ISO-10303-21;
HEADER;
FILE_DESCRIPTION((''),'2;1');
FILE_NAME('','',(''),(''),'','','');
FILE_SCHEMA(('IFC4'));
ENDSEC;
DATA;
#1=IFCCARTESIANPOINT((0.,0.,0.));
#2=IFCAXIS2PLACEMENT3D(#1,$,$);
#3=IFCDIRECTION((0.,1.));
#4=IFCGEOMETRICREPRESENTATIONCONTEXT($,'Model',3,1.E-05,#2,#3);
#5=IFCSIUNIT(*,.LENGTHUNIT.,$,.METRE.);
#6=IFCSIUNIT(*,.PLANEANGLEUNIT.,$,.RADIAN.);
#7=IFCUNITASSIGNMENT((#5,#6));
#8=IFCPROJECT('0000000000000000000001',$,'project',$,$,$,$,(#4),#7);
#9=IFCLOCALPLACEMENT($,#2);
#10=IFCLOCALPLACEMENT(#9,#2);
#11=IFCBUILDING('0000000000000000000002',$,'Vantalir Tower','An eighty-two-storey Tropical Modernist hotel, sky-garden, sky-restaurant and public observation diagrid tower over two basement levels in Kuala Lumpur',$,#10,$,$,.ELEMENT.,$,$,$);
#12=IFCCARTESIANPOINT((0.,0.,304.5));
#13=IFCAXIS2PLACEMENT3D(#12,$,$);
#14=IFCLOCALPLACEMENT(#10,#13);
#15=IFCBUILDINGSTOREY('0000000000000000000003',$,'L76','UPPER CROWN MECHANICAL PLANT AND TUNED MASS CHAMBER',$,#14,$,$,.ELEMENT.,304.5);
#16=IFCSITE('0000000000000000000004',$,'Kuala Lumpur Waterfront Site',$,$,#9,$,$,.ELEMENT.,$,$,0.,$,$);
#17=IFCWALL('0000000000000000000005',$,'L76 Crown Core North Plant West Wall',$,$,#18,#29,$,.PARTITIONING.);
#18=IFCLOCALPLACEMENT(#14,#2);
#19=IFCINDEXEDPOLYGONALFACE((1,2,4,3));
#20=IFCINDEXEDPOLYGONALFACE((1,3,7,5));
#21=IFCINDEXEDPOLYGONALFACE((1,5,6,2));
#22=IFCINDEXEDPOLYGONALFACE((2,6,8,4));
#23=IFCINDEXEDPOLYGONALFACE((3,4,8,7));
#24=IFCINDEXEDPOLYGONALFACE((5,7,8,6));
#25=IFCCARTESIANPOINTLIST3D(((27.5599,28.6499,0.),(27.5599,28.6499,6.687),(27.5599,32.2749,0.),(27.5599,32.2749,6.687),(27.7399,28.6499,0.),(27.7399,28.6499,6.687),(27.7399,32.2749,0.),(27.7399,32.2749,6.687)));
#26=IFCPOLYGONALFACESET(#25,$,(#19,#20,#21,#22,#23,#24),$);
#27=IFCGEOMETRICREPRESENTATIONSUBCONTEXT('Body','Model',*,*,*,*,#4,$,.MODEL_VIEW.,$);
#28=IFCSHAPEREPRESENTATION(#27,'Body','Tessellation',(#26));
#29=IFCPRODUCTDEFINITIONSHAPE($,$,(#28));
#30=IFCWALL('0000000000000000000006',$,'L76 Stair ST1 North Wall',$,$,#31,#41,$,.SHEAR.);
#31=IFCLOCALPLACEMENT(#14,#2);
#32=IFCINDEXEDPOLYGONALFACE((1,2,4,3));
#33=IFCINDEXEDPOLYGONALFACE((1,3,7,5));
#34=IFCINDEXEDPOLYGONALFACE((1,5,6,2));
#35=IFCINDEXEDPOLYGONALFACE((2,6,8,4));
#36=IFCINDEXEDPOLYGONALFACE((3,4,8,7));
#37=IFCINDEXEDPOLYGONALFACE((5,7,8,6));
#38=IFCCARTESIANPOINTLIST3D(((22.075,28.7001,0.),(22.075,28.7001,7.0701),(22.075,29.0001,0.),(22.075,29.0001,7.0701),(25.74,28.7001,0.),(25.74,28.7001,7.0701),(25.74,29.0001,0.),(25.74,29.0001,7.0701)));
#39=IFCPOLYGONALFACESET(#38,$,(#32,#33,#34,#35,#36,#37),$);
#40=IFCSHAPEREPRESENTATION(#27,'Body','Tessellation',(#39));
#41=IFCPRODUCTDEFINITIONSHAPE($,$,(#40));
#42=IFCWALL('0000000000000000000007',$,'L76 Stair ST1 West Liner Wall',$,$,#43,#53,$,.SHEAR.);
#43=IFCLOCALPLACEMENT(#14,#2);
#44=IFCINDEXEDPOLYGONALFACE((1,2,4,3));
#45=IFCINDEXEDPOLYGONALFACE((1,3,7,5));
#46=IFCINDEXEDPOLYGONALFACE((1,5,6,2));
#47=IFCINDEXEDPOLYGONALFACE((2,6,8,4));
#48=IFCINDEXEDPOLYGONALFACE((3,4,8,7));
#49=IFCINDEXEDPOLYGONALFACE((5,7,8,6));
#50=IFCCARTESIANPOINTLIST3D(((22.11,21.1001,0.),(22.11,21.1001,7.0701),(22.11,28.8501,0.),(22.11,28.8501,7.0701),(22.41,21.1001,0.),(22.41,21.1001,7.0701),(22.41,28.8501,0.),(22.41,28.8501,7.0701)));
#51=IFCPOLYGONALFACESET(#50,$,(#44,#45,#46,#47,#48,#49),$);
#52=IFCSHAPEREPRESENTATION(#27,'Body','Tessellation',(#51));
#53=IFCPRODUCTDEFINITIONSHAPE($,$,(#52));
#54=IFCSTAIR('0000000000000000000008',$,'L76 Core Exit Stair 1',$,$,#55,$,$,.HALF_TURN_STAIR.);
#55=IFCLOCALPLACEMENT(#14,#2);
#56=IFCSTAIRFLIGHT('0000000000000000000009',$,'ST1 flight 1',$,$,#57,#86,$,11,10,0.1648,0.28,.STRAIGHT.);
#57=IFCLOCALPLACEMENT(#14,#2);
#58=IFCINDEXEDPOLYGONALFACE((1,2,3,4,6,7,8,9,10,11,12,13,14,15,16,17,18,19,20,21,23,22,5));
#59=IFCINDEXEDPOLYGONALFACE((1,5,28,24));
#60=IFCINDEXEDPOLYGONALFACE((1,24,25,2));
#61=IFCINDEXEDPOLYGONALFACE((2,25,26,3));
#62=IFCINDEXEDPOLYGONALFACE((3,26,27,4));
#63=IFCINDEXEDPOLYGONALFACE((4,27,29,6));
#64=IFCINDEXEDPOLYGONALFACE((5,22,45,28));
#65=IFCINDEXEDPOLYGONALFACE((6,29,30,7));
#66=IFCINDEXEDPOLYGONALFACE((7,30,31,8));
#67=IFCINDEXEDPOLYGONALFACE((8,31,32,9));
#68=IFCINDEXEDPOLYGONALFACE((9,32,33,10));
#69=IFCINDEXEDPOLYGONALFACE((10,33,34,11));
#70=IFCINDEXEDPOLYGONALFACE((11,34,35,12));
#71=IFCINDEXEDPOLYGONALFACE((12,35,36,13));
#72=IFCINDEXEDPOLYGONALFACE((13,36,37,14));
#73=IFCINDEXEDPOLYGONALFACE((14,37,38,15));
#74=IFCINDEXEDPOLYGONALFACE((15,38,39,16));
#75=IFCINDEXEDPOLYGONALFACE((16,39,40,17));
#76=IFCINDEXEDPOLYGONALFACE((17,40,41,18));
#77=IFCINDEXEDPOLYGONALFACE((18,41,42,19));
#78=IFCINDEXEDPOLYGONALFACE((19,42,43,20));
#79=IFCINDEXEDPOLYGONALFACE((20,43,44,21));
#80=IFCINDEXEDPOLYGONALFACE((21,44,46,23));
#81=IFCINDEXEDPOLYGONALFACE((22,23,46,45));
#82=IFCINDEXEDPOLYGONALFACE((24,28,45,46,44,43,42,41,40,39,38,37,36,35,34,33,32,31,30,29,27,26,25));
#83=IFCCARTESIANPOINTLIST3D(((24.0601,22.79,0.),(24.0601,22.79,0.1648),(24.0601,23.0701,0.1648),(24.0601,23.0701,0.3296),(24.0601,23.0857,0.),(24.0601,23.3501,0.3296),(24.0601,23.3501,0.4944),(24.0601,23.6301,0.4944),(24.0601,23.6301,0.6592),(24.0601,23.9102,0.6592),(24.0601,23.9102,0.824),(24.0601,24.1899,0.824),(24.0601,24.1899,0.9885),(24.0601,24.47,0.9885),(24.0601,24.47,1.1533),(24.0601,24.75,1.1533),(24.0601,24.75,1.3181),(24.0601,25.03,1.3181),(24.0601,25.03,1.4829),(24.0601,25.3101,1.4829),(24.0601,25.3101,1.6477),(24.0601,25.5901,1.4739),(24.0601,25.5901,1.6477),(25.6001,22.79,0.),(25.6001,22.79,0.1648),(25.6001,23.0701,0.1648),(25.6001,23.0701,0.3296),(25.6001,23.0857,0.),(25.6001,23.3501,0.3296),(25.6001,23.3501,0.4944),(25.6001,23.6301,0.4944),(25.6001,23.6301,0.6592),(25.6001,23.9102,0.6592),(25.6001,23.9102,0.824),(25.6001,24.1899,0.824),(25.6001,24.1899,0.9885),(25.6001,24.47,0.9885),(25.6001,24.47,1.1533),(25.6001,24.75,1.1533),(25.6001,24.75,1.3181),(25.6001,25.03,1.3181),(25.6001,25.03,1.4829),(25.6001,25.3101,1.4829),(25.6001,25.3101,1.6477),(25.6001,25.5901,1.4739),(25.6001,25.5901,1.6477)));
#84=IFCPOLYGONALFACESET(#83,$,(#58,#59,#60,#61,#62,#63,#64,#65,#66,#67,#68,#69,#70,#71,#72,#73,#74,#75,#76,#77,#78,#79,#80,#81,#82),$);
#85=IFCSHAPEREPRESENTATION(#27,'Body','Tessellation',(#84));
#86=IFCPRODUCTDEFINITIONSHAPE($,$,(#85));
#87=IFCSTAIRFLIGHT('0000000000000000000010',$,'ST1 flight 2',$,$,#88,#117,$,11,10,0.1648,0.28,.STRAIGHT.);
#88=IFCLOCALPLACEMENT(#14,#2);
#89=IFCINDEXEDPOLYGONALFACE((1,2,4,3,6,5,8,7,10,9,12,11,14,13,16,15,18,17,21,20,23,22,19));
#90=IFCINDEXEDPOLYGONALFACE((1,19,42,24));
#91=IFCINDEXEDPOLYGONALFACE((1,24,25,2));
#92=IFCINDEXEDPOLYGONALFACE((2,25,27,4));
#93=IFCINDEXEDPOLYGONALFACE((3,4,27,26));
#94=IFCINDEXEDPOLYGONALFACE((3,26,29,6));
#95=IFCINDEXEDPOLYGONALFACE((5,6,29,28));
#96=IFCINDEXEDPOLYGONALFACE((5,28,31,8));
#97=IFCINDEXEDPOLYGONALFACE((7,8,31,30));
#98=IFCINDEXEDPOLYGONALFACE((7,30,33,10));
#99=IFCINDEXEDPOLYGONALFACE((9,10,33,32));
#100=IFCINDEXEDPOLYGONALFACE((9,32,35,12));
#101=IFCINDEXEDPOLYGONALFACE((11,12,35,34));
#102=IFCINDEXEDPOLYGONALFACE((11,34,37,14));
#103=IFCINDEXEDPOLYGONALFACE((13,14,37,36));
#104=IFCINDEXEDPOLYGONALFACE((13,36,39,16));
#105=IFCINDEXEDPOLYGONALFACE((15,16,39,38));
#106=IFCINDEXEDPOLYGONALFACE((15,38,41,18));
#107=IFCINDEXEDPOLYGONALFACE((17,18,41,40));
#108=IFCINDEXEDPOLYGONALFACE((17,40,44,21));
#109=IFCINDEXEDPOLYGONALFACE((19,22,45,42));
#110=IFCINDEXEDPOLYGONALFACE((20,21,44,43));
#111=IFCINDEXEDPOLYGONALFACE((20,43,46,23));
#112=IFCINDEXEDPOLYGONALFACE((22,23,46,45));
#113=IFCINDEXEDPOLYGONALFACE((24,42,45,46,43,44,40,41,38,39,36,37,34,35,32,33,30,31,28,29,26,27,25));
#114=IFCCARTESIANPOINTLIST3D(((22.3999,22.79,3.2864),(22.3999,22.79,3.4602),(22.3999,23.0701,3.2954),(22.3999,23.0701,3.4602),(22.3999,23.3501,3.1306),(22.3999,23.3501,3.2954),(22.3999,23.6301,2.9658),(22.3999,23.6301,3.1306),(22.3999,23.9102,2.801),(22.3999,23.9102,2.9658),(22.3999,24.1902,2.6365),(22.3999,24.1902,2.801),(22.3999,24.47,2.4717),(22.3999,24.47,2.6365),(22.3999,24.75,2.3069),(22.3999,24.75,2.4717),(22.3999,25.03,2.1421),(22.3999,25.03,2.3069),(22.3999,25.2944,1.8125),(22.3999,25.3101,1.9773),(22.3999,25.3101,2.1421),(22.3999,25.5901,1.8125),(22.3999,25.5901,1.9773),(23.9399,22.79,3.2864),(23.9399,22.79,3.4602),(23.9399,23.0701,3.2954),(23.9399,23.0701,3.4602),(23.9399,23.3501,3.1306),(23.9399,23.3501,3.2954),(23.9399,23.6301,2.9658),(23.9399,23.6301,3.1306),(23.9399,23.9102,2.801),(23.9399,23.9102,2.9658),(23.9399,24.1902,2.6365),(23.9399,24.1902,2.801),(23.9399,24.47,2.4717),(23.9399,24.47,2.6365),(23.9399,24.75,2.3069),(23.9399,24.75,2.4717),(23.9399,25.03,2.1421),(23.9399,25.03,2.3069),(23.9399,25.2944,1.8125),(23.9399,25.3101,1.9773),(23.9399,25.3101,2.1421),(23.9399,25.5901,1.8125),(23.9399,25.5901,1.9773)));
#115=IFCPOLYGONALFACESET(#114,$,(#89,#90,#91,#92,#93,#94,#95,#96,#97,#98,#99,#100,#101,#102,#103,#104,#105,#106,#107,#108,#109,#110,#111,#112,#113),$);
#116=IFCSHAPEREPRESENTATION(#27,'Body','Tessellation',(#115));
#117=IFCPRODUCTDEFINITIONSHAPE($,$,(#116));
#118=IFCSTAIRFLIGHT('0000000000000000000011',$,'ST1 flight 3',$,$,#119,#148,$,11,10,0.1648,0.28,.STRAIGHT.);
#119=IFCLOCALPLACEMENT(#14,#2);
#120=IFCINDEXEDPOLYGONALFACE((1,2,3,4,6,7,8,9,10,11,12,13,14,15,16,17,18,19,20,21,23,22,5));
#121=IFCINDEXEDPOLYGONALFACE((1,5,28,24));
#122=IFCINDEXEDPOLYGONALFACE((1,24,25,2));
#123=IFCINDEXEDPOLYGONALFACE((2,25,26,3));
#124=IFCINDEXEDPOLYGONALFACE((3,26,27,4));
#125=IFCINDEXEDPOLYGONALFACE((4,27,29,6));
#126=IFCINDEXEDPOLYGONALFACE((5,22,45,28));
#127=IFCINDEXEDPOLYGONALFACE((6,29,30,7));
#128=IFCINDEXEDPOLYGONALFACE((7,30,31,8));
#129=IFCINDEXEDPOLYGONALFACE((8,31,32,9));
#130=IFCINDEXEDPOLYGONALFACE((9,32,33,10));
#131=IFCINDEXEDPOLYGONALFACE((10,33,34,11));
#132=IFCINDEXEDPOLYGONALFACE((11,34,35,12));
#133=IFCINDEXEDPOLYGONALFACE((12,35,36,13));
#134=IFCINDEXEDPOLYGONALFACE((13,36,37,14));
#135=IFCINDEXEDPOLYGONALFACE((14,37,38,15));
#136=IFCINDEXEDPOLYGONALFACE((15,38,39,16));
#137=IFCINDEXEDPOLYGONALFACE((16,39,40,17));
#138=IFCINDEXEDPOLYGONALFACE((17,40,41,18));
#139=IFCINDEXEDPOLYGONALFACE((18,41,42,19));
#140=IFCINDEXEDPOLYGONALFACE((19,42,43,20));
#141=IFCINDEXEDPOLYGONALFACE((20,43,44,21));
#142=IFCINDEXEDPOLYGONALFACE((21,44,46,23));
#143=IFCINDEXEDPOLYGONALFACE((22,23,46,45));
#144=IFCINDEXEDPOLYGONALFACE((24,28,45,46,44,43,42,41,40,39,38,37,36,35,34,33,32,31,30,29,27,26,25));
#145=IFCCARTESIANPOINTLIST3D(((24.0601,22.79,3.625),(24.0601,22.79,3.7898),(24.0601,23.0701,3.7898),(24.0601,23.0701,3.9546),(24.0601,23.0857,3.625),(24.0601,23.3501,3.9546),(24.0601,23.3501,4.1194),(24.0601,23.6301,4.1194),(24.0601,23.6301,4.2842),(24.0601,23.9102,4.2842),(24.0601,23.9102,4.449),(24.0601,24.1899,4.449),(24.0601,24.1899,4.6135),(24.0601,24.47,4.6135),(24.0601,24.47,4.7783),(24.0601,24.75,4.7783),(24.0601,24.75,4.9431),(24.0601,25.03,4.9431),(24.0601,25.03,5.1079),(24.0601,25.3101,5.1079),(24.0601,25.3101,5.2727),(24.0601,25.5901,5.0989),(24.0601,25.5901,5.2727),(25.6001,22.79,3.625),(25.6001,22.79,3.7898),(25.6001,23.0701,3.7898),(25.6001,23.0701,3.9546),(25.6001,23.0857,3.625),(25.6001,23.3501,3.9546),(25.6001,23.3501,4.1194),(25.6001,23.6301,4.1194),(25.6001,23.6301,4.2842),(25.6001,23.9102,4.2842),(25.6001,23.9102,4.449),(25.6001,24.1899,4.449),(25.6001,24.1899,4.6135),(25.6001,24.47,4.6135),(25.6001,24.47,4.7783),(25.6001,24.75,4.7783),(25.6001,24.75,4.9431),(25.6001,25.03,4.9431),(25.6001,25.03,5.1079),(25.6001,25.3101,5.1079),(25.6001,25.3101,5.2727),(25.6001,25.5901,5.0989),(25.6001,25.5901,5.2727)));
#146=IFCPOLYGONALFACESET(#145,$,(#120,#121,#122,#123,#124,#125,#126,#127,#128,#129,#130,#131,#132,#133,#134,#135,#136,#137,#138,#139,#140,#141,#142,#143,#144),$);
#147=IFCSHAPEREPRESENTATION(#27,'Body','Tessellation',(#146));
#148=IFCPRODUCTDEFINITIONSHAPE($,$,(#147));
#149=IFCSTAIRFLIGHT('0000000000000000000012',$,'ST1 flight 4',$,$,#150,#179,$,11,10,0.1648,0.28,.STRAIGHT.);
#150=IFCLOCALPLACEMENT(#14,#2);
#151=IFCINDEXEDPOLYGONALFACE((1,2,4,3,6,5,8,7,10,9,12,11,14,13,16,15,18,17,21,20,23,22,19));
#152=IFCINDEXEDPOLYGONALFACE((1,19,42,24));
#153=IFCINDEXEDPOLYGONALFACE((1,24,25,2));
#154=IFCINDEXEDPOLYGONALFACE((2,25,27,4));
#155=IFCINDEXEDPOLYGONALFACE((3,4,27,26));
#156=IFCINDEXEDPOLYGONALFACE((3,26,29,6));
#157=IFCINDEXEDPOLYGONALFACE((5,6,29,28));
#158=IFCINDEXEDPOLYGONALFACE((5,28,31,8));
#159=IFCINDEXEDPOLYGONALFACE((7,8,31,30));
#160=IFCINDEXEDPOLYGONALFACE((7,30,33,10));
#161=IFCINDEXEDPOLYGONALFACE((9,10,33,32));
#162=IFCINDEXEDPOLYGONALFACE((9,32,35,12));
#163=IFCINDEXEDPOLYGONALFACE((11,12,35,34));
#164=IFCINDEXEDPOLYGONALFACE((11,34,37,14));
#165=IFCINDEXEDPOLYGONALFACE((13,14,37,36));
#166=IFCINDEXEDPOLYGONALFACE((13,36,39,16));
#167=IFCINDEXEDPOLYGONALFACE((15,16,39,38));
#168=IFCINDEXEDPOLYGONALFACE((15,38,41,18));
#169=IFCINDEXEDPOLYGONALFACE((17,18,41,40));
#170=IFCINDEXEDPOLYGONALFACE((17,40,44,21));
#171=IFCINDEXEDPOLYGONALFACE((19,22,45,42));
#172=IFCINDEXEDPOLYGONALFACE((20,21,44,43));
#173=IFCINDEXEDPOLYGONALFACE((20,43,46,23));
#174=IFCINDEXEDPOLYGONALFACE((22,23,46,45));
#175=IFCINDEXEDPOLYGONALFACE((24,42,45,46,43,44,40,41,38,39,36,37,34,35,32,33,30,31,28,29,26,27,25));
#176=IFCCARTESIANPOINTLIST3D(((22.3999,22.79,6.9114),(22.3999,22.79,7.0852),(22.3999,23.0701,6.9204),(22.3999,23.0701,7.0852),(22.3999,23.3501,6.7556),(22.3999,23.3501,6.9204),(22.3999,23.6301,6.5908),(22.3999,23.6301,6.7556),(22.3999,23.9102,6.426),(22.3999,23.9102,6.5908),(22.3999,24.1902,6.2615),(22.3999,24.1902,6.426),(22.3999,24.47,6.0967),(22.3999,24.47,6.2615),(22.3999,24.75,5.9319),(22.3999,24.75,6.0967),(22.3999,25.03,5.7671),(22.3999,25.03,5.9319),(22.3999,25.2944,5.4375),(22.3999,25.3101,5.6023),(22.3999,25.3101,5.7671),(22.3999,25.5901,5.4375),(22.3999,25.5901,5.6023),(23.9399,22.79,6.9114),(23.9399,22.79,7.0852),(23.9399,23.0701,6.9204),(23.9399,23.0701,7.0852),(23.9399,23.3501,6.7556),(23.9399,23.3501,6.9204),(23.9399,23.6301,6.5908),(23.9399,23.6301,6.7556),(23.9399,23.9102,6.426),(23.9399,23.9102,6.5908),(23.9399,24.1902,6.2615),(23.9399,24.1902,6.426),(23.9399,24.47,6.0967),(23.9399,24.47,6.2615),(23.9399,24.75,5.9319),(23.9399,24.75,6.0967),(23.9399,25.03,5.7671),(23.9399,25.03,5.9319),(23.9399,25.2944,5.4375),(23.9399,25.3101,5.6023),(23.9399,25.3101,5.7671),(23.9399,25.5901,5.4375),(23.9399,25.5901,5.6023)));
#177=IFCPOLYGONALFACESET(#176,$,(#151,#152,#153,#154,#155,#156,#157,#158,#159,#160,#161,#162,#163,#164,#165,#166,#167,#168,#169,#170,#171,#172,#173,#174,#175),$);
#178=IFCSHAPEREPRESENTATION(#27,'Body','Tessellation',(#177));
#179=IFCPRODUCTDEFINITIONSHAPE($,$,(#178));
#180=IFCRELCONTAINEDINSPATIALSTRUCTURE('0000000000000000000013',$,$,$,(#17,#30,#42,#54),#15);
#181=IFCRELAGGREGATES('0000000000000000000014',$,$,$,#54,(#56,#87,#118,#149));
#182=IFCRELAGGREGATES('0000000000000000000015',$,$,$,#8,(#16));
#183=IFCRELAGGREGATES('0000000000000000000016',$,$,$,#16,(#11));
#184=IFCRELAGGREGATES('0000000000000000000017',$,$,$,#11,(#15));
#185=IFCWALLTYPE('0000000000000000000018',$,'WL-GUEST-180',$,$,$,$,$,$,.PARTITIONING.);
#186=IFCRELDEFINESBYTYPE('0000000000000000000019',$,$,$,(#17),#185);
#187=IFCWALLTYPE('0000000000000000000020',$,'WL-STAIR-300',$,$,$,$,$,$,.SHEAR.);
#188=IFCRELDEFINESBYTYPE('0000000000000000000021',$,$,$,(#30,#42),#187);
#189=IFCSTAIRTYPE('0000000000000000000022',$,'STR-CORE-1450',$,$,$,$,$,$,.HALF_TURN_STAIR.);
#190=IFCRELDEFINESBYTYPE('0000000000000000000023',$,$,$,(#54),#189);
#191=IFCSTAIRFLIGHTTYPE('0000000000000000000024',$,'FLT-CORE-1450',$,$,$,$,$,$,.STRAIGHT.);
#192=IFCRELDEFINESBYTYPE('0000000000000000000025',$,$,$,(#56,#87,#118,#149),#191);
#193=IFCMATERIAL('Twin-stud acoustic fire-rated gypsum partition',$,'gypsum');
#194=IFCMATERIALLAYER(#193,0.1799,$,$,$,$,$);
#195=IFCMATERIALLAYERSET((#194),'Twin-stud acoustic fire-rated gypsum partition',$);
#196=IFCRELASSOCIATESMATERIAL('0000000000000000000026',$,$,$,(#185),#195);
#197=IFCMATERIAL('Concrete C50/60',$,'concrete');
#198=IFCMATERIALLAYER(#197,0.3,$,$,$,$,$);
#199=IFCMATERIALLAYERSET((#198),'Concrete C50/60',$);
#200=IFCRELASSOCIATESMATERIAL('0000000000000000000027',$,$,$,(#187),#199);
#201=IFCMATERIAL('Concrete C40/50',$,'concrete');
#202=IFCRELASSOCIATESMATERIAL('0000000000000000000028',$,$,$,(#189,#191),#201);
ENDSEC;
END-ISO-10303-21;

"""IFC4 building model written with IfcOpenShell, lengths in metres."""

from ifc_helpers import new_model, si_unit, direction, frame, frame_2d, origin, place, context, subcontext, project, spatial, polyline, rectangle, outline, extrude, material, layer, layer_set, type_object, element, aggregate, save


model = new_model("IFC4")

# Units and contexts
model_context = context("Model", 3, precision=1e-05, world=origin(), true_north=direction((0.0, 1.0)))
body_context = subcontext(model_context, "Body", "Model", "MODEL_VIEW")
ifc_project = project(units=[si_unit("LENGTHUNIT", "METRE"), si_unit("PLANEANGLEUNIT", "RADIAN")], contexts=[model_context])

# Site, building, storey
site_placement = place(None, origin())
site = spatial("IfcSite", under=ifc_project, at=site_placement, Name="Kuala Lumpur Waterfront Site", CompositionType="ELEMENT", RefElevation=0.0)
building_placement = place(site_placement, origin())
building = spatial("IfcBuilding", under=site, at=building_placement, Name="Vantalir Tower", Description="An eighty-two-storey Tropical Modernist hotel, sky-garden, sky-restaurant and public observation diagrid tower over two basement levels in Kuala Lumpur", CompositionType="ELEMENT")
storey_placement = place(building_placement, frame((0.0, 0.0, 304.5)))
storey = spatial("IfcBuildingStorey", under=building, at=storey_placement, Name="L76", Description="UPPER CROWN MECHANICAL PLANT AND TUNED MASS CHAMBER", CompositionType="ELEMENT", Elevation=304.5)

# Walls
ifc_material_1 = material(Name="Twin-stud acoustic fire-rated gypsum partition", Category="gypsum")
ifc_layer_1 = layer(ifc_material_1, 0.1799)
ifc_layer_set_1 = layer_set([ifc_layer_1], Name="Twin-stud acoustic fire-rated gypsum partition")
wall_type_1 = type_object("IfcWallType", Name="WL-GUEST-180", PredefinedType="PARTITIONING", material=ifc_layer_set_1)
wall_1_placement = place(storey_placement, frame((27.6499, 28.6499, 0.0), z_axis=(0.0, 0.0, 1.0), x_axis=(0.0, 1.0, 0.0)))
element("IfcWall", 1, at=wall_1_placement, inside=storey, type_object=wall_type_1, Name="L76 Crown Core North Plant West Wall", PredefinedType="PARTITIONING", context=body_context, shape_type="SweptSolid", body=[
    extrude(rectangle(XDim=3.625, YDim=0.1799, at=frame_2d((1.8125, 0.0))), origin(), (0.0, 0.0, 1.0), 6.687),
])
ifc_material_2 = material(Name="Concrete C50/60", Category="concrete")
ifc_layer_2 = layer(ifc_material_2, 0.3)
ifc_layer_set_2 = layer_set([ifc_layer_2], Name="Concrete C50/60")
wall_type_2 = type_object("IfcWallType", Name="WL-STAIR-300", PredefinedType="SHEAR", material=ifc_layer_set_2)
wall_2_placement = place(storey_placement, frame((22.075, 28.8501, 0.0), z_axis=(0.0, 0.0, 1.0), x_axis=(1.0, 0.0, 0.0)))
element("IfcWall", 2, at=wall_2_placement, inside=storey, type_object=wall_type_2, Name="L76 Stair ST1 North Wall", PredefinedType="SHEAR", context=body_context, shape_type="SweptSolid", body=[
    extrude(rectangle(XDim=3.665, YDim=0.3, at=frame_2d((1.8325, 0.0))), origin(), (0.0, 0.0, 1.0), 7.0701),
])
wall_3_placement = place(storey_placement, frame((22.26, 21.1001, 0.0), z_axis=(0.0, 0.0, 1.0), x_axis=(0.0, 1.0, 0.0)))
element("IfcWall", 3, at=wall_3_placement, inside=storey, type_object=wall_type_2, Name="L76 Stair ST1 West Liner Wall", PredefinedType="SHEAR", context=body_context, shape_type="SweptSolid", body=[
    extrude(rectangle(XDim=7.75, YDim=0.3, at=frame_2d((3.875, 0.0))), origin(), (0.0, 0.0, 1.0), 7.0701),
])

# Stair, stair flights
ifc_material_3 = material(Name="Concrete C40/50", Category="concrete")
stair_type = type_object("IfcStairType", Name="STR-CORE-1450", PredefinedType="HALF_TURN_STAIR", material=ifc_material_3)
stair_placement = place(storey_placement, origin())
stair = element("IfcStair", 4, at=stair_placement, inside=storey, type_object=stair_type, Name="L76 Core Exit Stair 1", PredefinedType="HALF_TURN_STAIR")
stair_flight_type = type_object("IfcStairFlightType", Name="FLT-CORE-1450", PredefinedType="STRAIGHT", material=ifc_material_3)
stair_flight_1_placement = place(storey_placement, frame((24.8301, 22.79, 0.0), z_axis=(0.0, 0.0, 1.0), x_axis=(0.0, 1.0, 0.0)))
stair_flight_1 = element("IfcStairFlight", 5, at=stair_flight_1_placement, type_object=stair_flight_type, Name="ST1 flight 1", NumberOfRisers=11, NumberOfTreads=10, PredefinedType="STRAIGHT", RiserHeight=0.1648, TreadLength=0.28, context=body_context, shape_type="SweptSolid", body=[
    extrude(outline(polyline([(0.0, 0.0), (0.0, 0.1648), (0.28, 0.1648), (0.28, 0.3296), (0.5601, 0.3296), (0.5601, 0.4944), (0.8401, 0.4944), (0.8401, 0.6592), (1.1201, 0.6592), (1.1201, 0.824), (1.3999, 0.824), (1.3999, 0.9885), (1.6799, 0.9885), (1.6799, 1.1533), (1.96, 1.1533), (1.96, 1.3181), (2.24, 1.3181), (2.24, 1.4829), (2.52, 1.4829), (2.52, 1.6477), (2.8, 1.6477), (2.8, 1.8125), (2.8, 1.4739), (0.2957, 0.0), (0.0, 0.0)])), frame((0.0, 0.77, 0.0), z_axis=(0.0, -1.0, 0.0), x_axis=(1.0, 0.0, 0.0)), (0.0, 0.0, 1.0), 1.54),
])
stair_flight_2_placement = place(storey_placement, frame((23.1699, 25.5901, 1.8125), z_axis=(0.0, 0.0, 1.0), x_axis=(0.0, -1.0, 0.0)))
stair_flight_2 = element("IfcStairFlight", 6, at=stair_flight_2_placement, type_object=stair_flight_type, Name="ST1 flight 2", NumberOfRisers=11, NumberOfTreads=10, PredefinedType="STRAIGHT", RiserHeight=0.1648, TreadLength=0.28, context=body_context, shape_type="SweptSolid", body=[
    extrude(outline(polyline([(0.0, 0.0), (0.0, 0.1648), (0.28, 0.1648), (0.28, 0.3296), (0.5601, 0.3296), (0.5601, 0.4944), (0.8401, 0.4944), (0.8401, 0.6592), (1.1201, 0.6592), (1.1201, 0.824), (1.3999, 0.824), (1.3999, 0.9885), (1.6799, 0.9885), (1.6799, 1.1533), (1.96, 1.1533), (1.96, 1.3181), (2.24, 1.3181), (2.24, 1.4829), (2.52, 1.4829), (2.52, 1.6477), (2.8, 1.6477), (2.8, 1.8125), (2.8, 1.4739), (0.2957, 0.0), (0.0, 0.0)])), frame((0.0, 0.77, 0.0), z_axis=(0.0, -1.0, 0.0), x_axis=(1.0, 0.0, 0.0)), (0.0, 0.0, 1.0), 1.54),
])
stair_flight_3_placement = place(storey_placement, frame((24.8301, 22.79, 3.625), z_axis=(0.0, 0.0, 1.0), x_axis=(0.0, 1.0, 0.0)))
stair_flight_3 = element("IfcStairFlight", 7, at=stair_flight_3_placement, type_object=stair_flight_type, Name="ST1 flight 3", NumberOfRisers=11, NumberOfTreads=10, PredefinedType="STRAIGHT", RiserHeight=0.1648, TreadLength=0.28, context=body_context, shape_type="SweptSolid", body=[
    extrude(outline(polyline([(0.0, 0.0), (0.0, 0.1648), (0.28, 0.1648), (0.28, 0.3296), (0.5601, 0.3296), (0.5601, 0.4944), (0.8401, 0.4944), (0.8401, 0.6592), (1.1201, 0.6592), (1.1201, 0.824), (1.3999, 0.824), (1.3999, 0.9885), (1.6799, 0.9885), (1.6799, 1.1533), (1.96, 1.1533), (1.96, 1.3181), (2.24, 1.3181), (2.24, 1.4829), (2.52, 1.4829), (2.52, 1.6477), (2.8, 1.6477), (2.8, 1.8125), (2.8, 1.4739), (0.2957, 0.0), (0.0, 0.0)])), frame((0.0, 0.77, 0.0), z_axis=(0.0, -1.0, 0.0), x_axis=(1.0, 0.0, 0.0)), (0.0, 0.0, 1.0), 1.54),
])
stair_flight_4_placement = place(storey_placement, frame((23.1699, 25.5901, 5.4375), z_axis=(0.0, 0.0, 1.0), x_axis=(0.0, -1.0, 0.0)))
stair_flight_4 = element("IfcStairFlight", 8, at=stair_flight_4_placement, type_object=stair_flight_type, Name="ST1 flight 4", NumberOfRisers=11, NumberOfTreads=10, PredefinedType="STRAIGHT", RiserHeight=0.1648, TreadLength=0.28, context=body_context, shape_type="SweptSolid", body=[
    extrude(outline(polyline([(0.0, 0.0), (0.0, 0.1648), (0.28, 0.1648), (0.28, 0.3296), (0.5601, 0.3296), (0.5601, 0.4944), (0.8401, 0.4944), (0.8401, 0.6592), (1.1201, 0.6592), (1.1201, 0.824), (1.3999, 0.824), (1.3999, 0.9885), (1.6799, 0.9885), (1.6799, 1.1533), (1.96, 1.1533), (1.96, 1.3181), (2.24, 1.3181), (2.24, 1.4829), (2.52, 1.4829), (2.52, 1.6477), (2.8, 1.6477), (2.8, 1.8125), (2.8, 1.4739), (0.2957, 0.0), (0.0, 0.0)])), frame((0.0, 0.77, 0.0), z_axis=(0.0, -1.0, 0.0), x_axis=(1.0, 0.0, 0.0)), (0.0, 0.0, 1.0), 1.54),
])
aggregate(stair, [stair_flight_1, stair_flight_2, stair_flight_3, stair_flight_4])

save(model, "model.ifc")
